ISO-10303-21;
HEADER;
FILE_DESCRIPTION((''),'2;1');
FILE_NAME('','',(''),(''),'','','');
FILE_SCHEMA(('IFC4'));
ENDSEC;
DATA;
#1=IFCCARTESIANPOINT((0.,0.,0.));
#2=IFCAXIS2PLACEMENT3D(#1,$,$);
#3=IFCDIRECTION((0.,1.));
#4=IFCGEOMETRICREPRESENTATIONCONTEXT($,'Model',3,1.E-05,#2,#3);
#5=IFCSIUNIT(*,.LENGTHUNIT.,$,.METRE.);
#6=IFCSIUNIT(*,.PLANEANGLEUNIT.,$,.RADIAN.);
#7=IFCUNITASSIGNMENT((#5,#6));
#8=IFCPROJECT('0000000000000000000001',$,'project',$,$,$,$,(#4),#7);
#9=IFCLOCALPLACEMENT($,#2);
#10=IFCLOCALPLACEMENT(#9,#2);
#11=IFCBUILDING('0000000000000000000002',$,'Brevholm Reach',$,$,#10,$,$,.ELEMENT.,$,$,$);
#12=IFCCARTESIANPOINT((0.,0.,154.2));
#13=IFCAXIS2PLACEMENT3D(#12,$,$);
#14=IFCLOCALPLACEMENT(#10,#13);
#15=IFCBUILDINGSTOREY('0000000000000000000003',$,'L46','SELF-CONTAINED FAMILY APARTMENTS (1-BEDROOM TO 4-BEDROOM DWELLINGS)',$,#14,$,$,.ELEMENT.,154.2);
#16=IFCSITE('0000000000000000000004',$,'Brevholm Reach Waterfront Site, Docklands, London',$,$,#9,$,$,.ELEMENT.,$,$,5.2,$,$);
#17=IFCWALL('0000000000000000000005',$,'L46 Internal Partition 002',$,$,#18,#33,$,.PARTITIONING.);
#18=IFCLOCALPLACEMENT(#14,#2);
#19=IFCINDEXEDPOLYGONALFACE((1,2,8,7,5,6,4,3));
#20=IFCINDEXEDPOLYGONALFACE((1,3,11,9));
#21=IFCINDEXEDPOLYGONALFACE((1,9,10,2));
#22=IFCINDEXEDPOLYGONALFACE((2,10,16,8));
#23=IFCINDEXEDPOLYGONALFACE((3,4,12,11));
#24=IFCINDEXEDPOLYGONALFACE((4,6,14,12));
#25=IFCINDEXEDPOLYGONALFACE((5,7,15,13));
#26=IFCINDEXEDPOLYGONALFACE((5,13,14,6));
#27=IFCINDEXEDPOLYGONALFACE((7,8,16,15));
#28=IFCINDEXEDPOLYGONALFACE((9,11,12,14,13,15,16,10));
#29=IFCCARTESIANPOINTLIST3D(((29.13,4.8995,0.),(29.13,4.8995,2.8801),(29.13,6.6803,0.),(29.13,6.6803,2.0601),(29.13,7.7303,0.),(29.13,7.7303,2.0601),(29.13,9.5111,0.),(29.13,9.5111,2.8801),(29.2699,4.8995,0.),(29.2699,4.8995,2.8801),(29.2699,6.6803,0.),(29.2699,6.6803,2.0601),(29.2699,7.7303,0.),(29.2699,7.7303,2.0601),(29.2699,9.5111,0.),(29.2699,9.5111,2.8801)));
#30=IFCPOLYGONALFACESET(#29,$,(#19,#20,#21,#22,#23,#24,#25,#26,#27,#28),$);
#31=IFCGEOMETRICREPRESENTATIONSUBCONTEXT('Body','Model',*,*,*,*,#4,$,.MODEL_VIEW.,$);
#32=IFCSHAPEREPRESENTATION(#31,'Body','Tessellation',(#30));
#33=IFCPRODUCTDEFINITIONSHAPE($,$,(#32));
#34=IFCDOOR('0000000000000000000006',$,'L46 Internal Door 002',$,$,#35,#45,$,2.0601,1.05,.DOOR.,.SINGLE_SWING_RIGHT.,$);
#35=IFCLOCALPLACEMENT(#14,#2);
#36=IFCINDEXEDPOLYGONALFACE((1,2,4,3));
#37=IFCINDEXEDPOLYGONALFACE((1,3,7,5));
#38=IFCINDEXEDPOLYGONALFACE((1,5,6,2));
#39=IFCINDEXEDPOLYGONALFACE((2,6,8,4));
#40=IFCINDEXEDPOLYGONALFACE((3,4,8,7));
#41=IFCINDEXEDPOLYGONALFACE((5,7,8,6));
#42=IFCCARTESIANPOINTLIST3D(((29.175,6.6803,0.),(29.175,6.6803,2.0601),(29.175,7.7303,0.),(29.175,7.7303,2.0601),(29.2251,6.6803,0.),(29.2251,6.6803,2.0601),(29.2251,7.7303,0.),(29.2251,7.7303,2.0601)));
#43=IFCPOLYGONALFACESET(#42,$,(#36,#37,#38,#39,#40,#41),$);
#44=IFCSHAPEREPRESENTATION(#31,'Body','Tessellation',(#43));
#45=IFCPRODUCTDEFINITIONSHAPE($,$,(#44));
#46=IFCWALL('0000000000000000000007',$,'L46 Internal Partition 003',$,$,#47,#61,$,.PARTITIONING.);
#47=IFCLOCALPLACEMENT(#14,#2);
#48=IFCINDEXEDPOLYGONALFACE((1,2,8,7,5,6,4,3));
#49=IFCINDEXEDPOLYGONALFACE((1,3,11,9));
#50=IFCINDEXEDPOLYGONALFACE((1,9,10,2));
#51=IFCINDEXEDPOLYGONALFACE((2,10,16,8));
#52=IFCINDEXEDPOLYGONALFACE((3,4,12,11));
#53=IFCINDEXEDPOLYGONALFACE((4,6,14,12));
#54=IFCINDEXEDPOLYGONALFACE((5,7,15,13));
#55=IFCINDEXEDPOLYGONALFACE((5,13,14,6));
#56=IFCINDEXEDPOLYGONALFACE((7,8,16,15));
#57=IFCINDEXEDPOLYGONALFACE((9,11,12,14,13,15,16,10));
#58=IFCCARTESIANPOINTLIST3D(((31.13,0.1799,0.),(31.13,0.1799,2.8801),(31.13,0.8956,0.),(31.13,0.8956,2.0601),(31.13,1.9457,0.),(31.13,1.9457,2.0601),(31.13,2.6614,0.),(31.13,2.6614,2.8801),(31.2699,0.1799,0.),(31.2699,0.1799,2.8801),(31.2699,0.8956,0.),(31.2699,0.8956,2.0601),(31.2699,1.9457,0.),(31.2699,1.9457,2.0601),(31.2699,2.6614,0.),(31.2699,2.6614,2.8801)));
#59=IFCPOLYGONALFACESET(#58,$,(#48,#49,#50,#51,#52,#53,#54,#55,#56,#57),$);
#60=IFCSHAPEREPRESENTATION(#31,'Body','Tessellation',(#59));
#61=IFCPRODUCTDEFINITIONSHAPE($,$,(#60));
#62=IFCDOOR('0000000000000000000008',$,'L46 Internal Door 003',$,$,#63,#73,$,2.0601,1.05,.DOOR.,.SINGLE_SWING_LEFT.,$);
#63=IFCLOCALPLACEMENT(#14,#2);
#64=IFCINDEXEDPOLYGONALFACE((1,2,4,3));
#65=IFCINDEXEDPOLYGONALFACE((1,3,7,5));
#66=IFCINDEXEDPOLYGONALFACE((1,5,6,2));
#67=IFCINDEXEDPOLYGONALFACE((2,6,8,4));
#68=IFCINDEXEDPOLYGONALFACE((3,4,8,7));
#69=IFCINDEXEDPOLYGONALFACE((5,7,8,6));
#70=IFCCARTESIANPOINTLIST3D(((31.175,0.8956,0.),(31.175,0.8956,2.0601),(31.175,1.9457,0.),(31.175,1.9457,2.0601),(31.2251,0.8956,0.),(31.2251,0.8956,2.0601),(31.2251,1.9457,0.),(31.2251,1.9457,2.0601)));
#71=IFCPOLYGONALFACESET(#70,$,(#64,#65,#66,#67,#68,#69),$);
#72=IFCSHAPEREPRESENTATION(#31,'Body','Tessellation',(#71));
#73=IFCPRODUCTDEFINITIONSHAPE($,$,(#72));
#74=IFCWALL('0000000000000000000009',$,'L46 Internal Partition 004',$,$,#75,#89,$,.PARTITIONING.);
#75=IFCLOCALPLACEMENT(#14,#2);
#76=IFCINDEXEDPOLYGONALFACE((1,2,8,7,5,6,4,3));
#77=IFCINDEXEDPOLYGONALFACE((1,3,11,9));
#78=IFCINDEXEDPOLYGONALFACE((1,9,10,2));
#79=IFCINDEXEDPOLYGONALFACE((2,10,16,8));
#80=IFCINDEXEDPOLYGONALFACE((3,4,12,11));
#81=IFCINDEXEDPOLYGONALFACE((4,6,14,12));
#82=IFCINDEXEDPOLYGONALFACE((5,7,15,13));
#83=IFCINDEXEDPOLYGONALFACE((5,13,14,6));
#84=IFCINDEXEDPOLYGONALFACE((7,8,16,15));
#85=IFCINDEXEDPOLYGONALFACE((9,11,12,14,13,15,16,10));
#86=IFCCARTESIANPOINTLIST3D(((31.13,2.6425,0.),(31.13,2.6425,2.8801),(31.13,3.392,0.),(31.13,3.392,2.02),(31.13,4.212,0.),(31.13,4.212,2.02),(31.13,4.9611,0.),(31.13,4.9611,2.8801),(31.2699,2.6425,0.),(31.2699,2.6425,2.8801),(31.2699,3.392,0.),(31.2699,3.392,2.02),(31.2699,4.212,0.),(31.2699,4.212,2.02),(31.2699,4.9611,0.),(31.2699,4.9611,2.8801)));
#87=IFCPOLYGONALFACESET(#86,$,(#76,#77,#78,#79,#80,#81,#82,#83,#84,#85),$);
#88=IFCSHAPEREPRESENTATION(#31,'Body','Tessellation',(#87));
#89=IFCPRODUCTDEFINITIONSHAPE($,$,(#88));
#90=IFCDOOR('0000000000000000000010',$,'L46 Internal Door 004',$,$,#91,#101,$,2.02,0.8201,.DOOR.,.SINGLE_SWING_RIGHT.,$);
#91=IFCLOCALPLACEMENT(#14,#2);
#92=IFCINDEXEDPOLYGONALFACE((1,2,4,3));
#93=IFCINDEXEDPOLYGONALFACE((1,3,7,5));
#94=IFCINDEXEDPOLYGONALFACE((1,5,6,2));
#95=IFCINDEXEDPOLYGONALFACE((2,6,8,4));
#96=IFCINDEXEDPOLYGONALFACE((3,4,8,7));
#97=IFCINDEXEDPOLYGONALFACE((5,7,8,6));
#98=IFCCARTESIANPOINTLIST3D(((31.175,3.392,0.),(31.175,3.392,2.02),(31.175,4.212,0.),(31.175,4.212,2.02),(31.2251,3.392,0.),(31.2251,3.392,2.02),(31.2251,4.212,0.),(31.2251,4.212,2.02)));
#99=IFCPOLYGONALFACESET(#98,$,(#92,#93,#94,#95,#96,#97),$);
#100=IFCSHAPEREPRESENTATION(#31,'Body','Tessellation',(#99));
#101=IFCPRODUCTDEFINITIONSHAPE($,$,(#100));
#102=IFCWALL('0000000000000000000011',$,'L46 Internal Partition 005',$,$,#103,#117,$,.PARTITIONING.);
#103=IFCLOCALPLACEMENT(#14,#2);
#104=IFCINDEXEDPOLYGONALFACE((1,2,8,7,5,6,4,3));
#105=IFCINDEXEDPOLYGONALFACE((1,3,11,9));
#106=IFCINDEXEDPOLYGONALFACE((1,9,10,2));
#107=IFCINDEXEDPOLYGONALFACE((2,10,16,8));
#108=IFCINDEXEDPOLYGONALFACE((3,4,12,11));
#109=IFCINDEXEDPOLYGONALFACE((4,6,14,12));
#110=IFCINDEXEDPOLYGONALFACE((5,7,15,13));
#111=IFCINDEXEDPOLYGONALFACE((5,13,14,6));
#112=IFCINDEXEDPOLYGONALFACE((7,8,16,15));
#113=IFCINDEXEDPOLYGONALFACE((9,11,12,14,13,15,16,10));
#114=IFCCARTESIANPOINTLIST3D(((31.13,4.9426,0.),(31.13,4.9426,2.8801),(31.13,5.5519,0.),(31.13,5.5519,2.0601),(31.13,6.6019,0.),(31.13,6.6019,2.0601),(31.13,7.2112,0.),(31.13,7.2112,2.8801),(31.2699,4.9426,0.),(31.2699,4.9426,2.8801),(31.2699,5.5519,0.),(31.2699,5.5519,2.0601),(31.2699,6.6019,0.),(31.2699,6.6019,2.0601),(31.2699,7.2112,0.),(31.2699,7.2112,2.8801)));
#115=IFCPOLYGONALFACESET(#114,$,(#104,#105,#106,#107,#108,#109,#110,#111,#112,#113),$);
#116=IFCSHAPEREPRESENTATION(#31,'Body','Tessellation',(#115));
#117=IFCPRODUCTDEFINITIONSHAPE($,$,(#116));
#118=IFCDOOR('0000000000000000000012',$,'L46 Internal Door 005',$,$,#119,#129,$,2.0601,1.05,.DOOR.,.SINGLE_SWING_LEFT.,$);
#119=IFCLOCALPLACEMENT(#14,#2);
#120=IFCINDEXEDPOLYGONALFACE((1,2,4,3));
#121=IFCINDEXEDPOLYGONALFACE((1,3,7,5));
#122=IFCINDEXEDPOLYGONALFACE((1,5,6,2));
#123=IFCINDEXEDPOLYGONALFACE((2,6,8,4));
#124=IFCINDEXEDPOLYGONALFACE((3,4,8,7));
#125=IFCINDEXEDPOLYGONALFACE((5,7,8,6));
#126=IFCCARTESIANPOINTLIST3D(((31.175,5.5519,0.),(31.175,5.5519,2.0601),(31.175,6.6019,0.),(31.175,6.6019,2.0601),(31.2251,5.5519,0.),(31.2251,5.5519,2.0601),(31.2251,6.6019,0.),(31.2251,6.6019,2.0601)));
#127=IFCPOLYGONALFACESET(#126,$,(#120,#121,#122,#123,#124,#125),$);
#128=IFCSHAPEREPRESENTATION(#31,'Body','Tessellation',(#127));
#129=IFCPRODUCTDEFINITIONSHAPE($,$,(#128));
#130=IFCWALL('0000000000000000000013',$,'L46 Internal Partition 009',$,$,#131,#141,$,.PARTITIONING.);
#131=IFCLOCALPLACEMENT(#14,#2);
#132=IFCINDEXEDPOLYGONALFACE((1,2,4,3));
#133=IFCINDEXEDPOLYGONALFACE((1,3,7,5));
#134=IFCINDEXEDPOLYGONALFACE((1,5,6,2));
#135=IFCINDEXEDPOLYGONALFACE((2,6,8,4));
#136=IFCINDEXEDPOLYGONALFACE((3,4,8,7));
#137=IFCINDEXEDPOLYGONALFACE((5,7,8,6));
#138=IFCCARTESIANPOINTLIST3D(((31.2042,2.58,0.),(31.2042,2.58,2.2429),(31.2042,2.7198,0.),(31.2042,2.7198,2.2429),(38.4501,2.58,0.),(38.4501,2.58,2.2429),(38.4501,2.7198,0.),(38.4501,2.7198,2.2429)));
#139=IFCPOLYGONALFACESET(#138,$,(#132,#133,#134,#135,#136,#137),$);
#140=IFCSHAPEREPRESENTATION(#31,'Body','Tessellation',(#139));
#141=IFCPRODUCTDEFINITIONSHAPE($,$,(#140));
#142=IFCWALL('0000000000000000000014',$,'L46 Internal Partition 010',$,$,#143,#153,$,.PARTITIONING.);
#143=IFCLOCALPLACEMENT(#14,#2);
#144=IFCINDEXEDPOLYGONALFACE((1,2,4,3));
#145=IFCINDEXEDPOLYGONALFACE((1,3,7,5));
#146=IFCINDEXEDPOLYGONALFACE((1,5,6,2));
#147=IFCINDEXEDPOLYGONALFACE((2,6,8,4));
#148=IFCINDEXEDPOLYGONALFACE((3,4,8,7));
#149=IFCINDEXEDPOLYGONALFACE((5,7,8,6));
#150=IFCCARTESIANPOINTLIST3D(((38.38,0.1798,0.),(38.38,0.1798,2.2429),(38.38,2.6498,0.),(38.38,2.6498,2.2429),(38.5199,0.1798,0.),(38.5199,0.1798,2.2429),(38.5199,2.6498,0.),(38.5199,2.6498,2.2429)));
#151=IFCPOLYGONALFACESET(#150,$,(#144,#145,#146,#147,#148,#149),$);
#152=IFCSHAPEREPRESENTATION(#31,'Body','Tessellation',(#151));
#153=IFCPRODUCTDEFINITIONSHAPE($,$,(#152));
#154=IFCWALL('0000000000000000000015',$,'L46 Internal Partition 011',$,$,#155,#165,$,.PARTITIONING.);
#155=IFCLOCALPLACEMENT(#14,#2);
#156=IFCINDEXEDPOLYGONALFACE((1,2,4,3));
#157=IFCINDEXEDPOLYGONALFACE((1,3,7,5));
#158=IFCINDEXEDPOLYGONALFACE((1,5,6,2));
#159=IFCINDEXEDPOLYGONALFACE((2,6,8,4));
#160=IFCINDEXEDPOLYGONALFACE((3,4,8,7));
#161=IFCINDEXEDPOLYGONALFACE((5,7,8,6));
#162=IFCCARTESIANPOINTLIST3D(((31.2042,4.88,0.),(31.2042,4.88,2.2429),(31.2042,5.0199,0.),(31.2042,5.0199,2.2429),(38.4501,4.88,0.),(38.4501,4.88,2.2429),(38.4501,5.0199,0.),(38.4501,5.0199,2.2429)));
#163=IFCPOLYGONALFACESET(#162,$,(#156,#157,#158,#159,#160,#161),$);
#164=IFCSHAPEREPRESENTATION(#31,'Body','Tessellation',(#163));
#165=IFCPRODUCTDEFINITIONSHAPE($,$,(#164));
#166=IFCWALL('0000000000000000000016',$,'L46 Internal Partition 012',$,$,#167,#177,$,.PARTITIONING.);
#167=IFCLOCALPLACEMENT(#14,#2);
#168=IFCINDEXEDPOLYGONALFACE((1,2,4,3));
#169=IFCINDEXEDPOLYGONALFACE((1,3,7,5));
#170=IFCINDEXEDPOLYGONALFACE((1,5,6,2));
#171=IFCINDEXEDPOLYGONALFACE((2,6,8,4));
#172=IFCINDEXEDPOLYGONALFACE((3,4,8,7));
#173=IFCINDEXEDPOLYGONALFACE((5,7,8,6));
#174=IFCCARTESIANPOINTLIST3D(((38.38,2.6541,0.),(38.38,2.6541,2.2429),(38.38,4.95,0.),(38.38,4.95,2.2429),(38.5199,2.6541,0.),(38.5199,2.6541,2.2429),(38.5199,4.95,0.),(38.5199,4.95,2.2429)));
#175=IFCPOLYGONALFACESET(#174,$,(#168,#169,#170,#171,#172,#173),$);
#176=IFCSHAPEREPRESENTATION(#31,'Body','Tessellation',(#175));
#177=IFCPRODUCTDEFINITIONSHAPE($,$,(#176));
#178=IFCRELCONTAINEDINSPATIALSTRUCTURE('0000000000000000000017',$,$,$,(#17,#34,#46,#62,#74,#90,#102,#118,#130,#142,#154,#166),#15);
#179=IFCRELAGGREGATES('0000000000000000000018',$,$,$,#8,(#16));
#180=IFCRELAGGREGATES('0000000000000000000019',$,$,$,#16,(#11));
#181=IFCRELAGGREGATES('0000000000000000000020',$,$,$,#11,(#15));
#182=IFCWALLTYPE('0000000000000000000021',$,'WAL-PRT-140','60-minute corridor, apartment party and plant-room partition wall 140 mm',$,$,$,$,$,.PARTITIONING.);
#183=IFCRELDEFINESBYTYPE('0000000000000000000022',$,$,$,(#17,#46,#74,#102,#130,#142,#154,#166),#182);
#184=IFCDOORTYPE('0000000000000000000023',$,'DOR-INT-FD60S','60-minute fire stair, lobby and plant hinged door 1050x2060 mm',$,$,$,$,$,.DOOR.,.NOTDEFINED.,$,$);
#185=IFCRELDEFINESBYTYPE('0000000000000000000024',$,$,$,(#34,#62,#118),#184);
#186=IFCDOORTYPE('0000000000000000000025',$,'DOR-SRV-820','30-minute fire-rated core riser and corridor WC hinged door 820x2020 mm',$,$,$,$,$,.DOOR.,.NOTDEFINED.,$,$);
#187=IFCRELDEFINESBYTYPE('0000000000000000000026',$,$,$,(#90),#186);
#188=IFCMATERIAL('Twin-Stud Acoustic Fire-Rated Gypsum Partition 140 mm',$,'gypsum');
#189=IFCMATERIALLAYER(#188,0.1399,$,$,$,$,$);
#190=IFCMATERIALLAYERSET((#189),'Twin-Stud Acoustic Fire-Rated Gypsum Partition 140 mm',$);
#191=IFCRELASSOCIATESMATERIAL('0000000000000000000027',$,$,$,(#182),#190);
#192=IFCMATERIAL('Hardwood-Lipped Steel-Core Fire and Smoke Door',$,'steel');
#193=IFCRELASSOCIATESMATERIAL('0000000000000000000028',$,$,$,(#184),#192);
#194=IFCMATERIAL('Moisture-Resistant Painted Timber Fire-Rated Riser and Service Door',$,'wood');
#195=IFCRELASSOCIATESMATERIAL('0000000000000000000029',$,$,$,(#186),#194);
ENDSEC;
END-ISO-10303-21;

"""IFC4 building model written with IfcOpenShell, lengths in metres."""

from ifc_helpers import new_model, si_unit, direction, frame, frame_2d, origin, place, context, subcontext, project, spatial, rectangle, extrude, material, layer, layer_set, type_object, element, fill, save


model = new_model("IFC4")

# Units and contexts
model_context = context("Model", 3, precision=1e-05, world=origin(), true_north=direction((0.0, 1.0)))
body_context = subcontext(model_context, "Body", "Model", "MODEL_VIEW")
ifc_project = project(units=[si_unit("LENGTHUNIT", "METRE"), si_unit("PLANEANGLEUNIT", "RADIAN")], contexts=[model_context])

# Site, building, storey
site_placement = place(None, origin())
site = spatial("IfcSite", under=ifc_project, at=site_placement, Name="Brevholm Reach Waterfront Site, Docklands, London", CompositionType="ELEMENT", RefElevation=5.2)
building_placement = place(site_placement, origin())
building = spatial("IfcBuilding", under=site, at=building_placement, Name="Brevholm Reach", CompositionType="ELEMENT")
storey_placement = place(building_placement, frame((0.0, 0.0, 154.2)))
storey = spatial("IfcBuildingStorey", under=building, at=storey_placement, Name="L46", Description="SELF-CONTAINED FAMILY APARTMENTS (1-BEDROOM TO 4-BEDROOM DWELLINGS)", CompositionType="ELEMENT", Elevation=154.2)

# Walls, openings, doors
ifc_material_1 = material(Name="Twin-Stud Acoustic Fire-Rated Gypsum Partition 140 mm", Category="gypsum")
ifc_layer_1 = layer(ifc_material_1, 0.1399)
ifc_layer_set_1 = layer_set([ifc_layer_1], Name="Twin-Stud Acoustic Fire-Rated Gypsum Partition 140 mm")
wall_type_1 = type_object("IfcWallType", Name="WAL-PRT-140", Description="60-minute corridor, apartment party and plant-room partition wall 140 mm", PredefinedType="PARTITIONING", material=ifc_layer_set_1)
wall_1_placement = place(storey_placement, frame((29.2, 4.8997, 0.0), z_axis=(0.0, 0.0, 1.0), x_axis=(0.0, 1.0, 0.0)))
wall_1 = element("IfcWall", 1, at=wall_1_placement, inside=storey, type_object=wall_type_1, Name="L46 Internal Partition 002", PredefinedType="PARTITIONING", context=body_context, shape_type="SweptSolid", body=[
    extrude(rectangle(XDim=4.6116, YDim=0.1399, at=frame_2d((2.3057, 0.0))), origin(), (0.0, 0.0, 1.0), 2.8801),
])
opening_1_placement = place(wall_1_placement, frame((1.7808, 0.0, 0.0)))
opening_1 = element("IfcOpeningElement", 2, at=opening_1_placement, cuts=wall_1, PredefinedType="OPENING", context=body_context, shape_type="SweptSolid", body=[
    extrude(rectangle(XDim=1.05, YDim=2.0601, at=frame_2d((0.5249, 1.03))), frame((0.0, 0.0798, 0.0), z_axis=(0.0, -1.0, 0.0), x_axis=(1.0, 0.0, 0.0)), (0.0, 0.0, 1.0), 0.1599),
])
ifc_material_2 = material(Name="Hardwood-Lipped Steel-Core Fire and Smoke Door", Category="steel")
door_type_1 = type_object("IfcDoorType", Name="DOR-INT-FD60S", Description="60-minute fire stair, lobby and plant hinged door 1050x2060 mm", OperationType="NOTDEFINED", PredefinedType="DOOR", material=ifc_material_2)
door_1_placement = place(opening_1_placement, origin())
door_1 = element("IfcDoor", 3, at=door_1_placement, inside=storey, type_object=door_type_1, Name="L46 Internal Door 002", OperationType="SINGLE_SWING_RIGHT", OverallHeight=2.0601, OverallWidth=1.05, PredefinedType="DOOR", context=body_context, shape_type="SweptSolid", body=[
    extrude(rectangle(XDim=1.05, YDim=2.0601, at=frame_2d((0.5249, 1.03))), frame((0.0, 0.0249, 0.0), z_axis=(0.0, -1.0, 0.0), x_axis=(1.0, 0.0, 0.0)), (0.0, 0.0, 1.0), 0.05),
])
fill(opening_1, door_1)
wall_2_placement = place(storey_placement, frame((31.2, 0.1799, 0.0), z_axis=(0.0, 0.0, 1.0), x_axis=(0.0, 1.0, 0.0)))
wall_2 = element("IfcWall", 4, at=wall_2_placement, inside=storey, type_object=wall_type_1, Name="L46 Internal Partition 003", PredefinedType="PARTITIONING", context=body_context, shape_type="SweptSolid", body=[
    extrude(rectangle(XDim=2.4814, YDim=0.1399, at=frame_2d((1.2407, 0.0))), origin(), (0.0, 0.0, 1.0), 2.8801),
])
opening_2_placement = place(wall_2_placement, frame((0.7158, 0.0, 0.0)))
opening_2 = element("IfcOpeningElement", 5, at=opening_2_placement, cuts=wall_2, PredefinedType="OPENING", context=body_context, shape_type="SweptSolid", body=[
    extrude(rectangle(XDim=1.05, YDim=2.0601, at=frame_2d((0.5249, 1.03))), frame((0.0, 0.0798, 0.0), z_axis=(0.0, -1.0, 0.0), x_axis=(1.0, 0.0, 0.0)), (0.0, 0.0, 1.0), 0.1599),
])
door_2_placement = place(opening_2_placement, origin())
door_2 = element("IfcDoor", 6, at=door_2_placement, inside=storey, type_object=door_type_1, Name="L46 Internal Door 003", OperationType="SINGLE_SWING_LEFT", OverallHeight=2.0601, OverallWidth=1.05, PredefinedType="DOOR", context=body_context, shape_type="SweptSolid", body=[
    extrude(rectangle(XDim=1.05, YDim=2.0601, at=frame_2d((0.5249, 1.03))), frame((0.0, 0.0249, 0.0), z_axis=(0.0, -1.0, 0.0), x_axis=(1.0, 0.0, 0.0)), (0.0, 0.0, 1.0), 0.05),
])
fill(opening_2, door_2)
wall_3_placement = place(storey_placement, frame((31.2, 2.6426, 0.0), z_axis=(0.0, 0.0, 1.0), x_axis=(0.0, 1.0, 0.0)))
wall_3 = element("IfcWall", 7, at=wall_3_placement, inside=storey, type_object=wall_type_1, Name="L46 Internal Partition 004", PredefinedType="PARTITIONING", context=body_context, shape_type="SweptSolid", body=[
    extrude(rectangle(XDim=2.3186, YDim=0.1399, at=frame_2d((1.1592, 0.0))), origin(), (0.0, 0.0, 1.0), 2.8801),
])
opening_3_placement = place(wall_3_placement, frame((0.7493, 0.0, 0.0)))
opening_3 = element("IfcOpeningElement", 8, at=opening_3_placement, cuts=wall_3, PredefinedType="OPENING", context=body_context, shape_type="SweptSolid", body=[
    extrude(rectangle(XDim=0.8201, YDim=2.02, at=frame_2d((0.4102, 1.01))), frame((0.0, 0.0798, 0.0), z_axis=(0.0, -1.0, 0.0), x_axis=(1.0, 0.0, 0.0)), (0.0, 0.0, 1.0), 0.1599),
])
ifc_material_3 = material(Name="Moisture-Resistant Painted Timber Fire-Rated Riser and Service Door", Category="wood")
door_type_2 = type_object("IfcDoorType", Name="DOR-SRV-820", Description="30-minute fire-rated core riser and corridor WC hinged door 820x2020 mm", OperationType="NOTDEFINED", PredefinedType="DOOR", material=ifc_material_3)
door_3_placement = place(opening_3_placement, origin())
door_3 = element("IfcDoor", 9, at=door_3_placement, inside=storey, type_object=door_type_2, Name="L46 Internal Door 004", OperationType="SINGLE_SWING_RIGHT", OverallHeight=2.02, OverallWidth=0.8201, PredefinedType="DOOR", context=body_context, shape_type="SweptSolid", body=[
    extrude(rectangle(XDim=0.8201, YDim=2.02, at=frame_2d((0.4102, 1.01))), frame((0.0, 0.0249, 0.0), z_axis=(0.0, -1.0, 0.0), x_axis=(1.0, 0.0, 0.0)), (0.0, 0.0, 1.0), 0.05),
])
fill(opening_3, door_3)
wall_4_placement = place(storey_placement, frame((31.2, 4.9426, 0.0), z_axis=(0.0, 0.0, 1.0), x_axis=(0.0, 1.0, 0.0)))
wall_4 = element("IfcWall", 10, at=wall_4_placement, inside=storey, type_object=wall_type_1, Name="L46 Internal Partition 005", PredefinedType="PARTITIONING", context=body_context, shape_type="SweptSolid", body=[
    extrude(rectangle(XDim=2.2686, YDim=0.1399, at=frame_2d((1.1343, 0.0))), origin(), (0.0, 0.0, 1.0), 2.8801),
])
opening_4_placement = place(wall_4_placement, frame((0.6094, 0.0, 0.0)))
opening_4 = element("IfcOpeningElement", 11, at=opening_4_placement, cuts=wall_4, PredefinedType="OPENING", context=body_context, shape_type="SweptSolid", body=[
    extrude(rectangle(XDim=1.05, YDim=2.0601, at=frame_2d((0.5249, 1.03))), frame((0.0, 0.0798, 0.0), z_axis=(0.0, -1.0, 0.0), x_axis=(1.0, 0.0, 0.0)), (0.0, 0.0, 1.0), 0.1599),
])
door_4_placement = place(opening_4_placement, origin())
door_4 = element("IfcDoor", 12, at=door_4_placement, inside=storey, type_object=door_type_1, Name="L46 Internal Door 005", OperationType="SINGLE_SWING_LEFT", OverallHeight=2.0601, OverallWidth=1.05, PredefinedType="DOOR", context=body_context, shape_type="SweptSolid", body=[
    extrude(rectangle(XDim=1.05, YDim=2.0601, at=frame_2d((0.5249, 1.03))), frame((0.0, 0.0249, 0.0), z_axis=(0.0, -1.0, 0.0), x_axis=(1.0, 0.0, 0.0)), (0.0, 0.0, 1.0), 0.05),
])
fill(opening_4, door_4)

# Walls
wall_5_placement = place(storey_placement, frame((31.2041, 2.6499, 0.0), z_axis=(0.0, 0.0, 1.0), x_axis=(1.0, 0.0, 0.0)))
element("IfcWall", 13, at=wall_5_placement, inside=storey, type_object=wall_type_1, Name="L46 Internal Partition 009", PredefinedType="PARTITIONING", context=body_context, shape_type="SweptSolid", body=[
    extrude(rectangle(XDim=7.2458, YDim=0.1399, at=frame_2d((3.623, 0.0))), origin(), (0.0, 0.0, 1.0), 2.2429),
])
wall_6_placement = place(storey_placement, frame((38.45, 0.1799, 0.0), z_axis=(0.0, 0.0, 1.0), x_axis=(0.0, 1.0, 0.0)))
element("IfcWall", 14, at=wall_6_placement, inside=storey, type_object=wall_type_1, Name="L46 Internal Partition 010", PredefinedType="PARTITIONING", context=body_context, shape_type="SweptSolid", body=[
    extrude(rectangle(XDim=2.47, YDim=0.1399, at=frame_2d((1.2349, 0.0))), origin(), (0.0, 0.0, 1.0), 2.2429),
])
wall_7_placement = place(storey_placement, frame((31.2041, 4.95, 0.0), z_axis=(0.0, 0.0, 1.0), x_axis=(1.0, 0.0, 0.0)))
element("IfcWall", 15, at=wall_7_placement, inside=storey, type_object=wall_type_1, Name="L46 Internal Partition 011", PredefinedType="PARTITIONING", context=body_context, shape_type="SweptSolid", body=[
    extrude(rectangle(XDim=7.2458, YDim=0.1399, at=frame_2d((3.623, 0.0))), origin(), (0.0, 0.0, 1.0), 2.2429),
])
wall_8_placement = place(storey_placement, frame((38.45, 2.6541, 0.0), z_axis=(0.0, 0.0, 1.0), x_axis=(0.0, 1.0, 0.0)))
element("IfcWall", 16, at=wall_8_placement, inside=storey, type_object=wall_type_1, Name="L46 Internal Partition 012", PredefinedType="PARTITIONING", context=body_context, shape_type="SweptSolid", body=[
    extrude(rectangle(XDim=2.2959, YDim=0.1399, at=frame_2d((1.1479, 0.0))), origin(), (0.0, 0.0, 1.0), 2.2429),
])

save(model, "model.ifc")
